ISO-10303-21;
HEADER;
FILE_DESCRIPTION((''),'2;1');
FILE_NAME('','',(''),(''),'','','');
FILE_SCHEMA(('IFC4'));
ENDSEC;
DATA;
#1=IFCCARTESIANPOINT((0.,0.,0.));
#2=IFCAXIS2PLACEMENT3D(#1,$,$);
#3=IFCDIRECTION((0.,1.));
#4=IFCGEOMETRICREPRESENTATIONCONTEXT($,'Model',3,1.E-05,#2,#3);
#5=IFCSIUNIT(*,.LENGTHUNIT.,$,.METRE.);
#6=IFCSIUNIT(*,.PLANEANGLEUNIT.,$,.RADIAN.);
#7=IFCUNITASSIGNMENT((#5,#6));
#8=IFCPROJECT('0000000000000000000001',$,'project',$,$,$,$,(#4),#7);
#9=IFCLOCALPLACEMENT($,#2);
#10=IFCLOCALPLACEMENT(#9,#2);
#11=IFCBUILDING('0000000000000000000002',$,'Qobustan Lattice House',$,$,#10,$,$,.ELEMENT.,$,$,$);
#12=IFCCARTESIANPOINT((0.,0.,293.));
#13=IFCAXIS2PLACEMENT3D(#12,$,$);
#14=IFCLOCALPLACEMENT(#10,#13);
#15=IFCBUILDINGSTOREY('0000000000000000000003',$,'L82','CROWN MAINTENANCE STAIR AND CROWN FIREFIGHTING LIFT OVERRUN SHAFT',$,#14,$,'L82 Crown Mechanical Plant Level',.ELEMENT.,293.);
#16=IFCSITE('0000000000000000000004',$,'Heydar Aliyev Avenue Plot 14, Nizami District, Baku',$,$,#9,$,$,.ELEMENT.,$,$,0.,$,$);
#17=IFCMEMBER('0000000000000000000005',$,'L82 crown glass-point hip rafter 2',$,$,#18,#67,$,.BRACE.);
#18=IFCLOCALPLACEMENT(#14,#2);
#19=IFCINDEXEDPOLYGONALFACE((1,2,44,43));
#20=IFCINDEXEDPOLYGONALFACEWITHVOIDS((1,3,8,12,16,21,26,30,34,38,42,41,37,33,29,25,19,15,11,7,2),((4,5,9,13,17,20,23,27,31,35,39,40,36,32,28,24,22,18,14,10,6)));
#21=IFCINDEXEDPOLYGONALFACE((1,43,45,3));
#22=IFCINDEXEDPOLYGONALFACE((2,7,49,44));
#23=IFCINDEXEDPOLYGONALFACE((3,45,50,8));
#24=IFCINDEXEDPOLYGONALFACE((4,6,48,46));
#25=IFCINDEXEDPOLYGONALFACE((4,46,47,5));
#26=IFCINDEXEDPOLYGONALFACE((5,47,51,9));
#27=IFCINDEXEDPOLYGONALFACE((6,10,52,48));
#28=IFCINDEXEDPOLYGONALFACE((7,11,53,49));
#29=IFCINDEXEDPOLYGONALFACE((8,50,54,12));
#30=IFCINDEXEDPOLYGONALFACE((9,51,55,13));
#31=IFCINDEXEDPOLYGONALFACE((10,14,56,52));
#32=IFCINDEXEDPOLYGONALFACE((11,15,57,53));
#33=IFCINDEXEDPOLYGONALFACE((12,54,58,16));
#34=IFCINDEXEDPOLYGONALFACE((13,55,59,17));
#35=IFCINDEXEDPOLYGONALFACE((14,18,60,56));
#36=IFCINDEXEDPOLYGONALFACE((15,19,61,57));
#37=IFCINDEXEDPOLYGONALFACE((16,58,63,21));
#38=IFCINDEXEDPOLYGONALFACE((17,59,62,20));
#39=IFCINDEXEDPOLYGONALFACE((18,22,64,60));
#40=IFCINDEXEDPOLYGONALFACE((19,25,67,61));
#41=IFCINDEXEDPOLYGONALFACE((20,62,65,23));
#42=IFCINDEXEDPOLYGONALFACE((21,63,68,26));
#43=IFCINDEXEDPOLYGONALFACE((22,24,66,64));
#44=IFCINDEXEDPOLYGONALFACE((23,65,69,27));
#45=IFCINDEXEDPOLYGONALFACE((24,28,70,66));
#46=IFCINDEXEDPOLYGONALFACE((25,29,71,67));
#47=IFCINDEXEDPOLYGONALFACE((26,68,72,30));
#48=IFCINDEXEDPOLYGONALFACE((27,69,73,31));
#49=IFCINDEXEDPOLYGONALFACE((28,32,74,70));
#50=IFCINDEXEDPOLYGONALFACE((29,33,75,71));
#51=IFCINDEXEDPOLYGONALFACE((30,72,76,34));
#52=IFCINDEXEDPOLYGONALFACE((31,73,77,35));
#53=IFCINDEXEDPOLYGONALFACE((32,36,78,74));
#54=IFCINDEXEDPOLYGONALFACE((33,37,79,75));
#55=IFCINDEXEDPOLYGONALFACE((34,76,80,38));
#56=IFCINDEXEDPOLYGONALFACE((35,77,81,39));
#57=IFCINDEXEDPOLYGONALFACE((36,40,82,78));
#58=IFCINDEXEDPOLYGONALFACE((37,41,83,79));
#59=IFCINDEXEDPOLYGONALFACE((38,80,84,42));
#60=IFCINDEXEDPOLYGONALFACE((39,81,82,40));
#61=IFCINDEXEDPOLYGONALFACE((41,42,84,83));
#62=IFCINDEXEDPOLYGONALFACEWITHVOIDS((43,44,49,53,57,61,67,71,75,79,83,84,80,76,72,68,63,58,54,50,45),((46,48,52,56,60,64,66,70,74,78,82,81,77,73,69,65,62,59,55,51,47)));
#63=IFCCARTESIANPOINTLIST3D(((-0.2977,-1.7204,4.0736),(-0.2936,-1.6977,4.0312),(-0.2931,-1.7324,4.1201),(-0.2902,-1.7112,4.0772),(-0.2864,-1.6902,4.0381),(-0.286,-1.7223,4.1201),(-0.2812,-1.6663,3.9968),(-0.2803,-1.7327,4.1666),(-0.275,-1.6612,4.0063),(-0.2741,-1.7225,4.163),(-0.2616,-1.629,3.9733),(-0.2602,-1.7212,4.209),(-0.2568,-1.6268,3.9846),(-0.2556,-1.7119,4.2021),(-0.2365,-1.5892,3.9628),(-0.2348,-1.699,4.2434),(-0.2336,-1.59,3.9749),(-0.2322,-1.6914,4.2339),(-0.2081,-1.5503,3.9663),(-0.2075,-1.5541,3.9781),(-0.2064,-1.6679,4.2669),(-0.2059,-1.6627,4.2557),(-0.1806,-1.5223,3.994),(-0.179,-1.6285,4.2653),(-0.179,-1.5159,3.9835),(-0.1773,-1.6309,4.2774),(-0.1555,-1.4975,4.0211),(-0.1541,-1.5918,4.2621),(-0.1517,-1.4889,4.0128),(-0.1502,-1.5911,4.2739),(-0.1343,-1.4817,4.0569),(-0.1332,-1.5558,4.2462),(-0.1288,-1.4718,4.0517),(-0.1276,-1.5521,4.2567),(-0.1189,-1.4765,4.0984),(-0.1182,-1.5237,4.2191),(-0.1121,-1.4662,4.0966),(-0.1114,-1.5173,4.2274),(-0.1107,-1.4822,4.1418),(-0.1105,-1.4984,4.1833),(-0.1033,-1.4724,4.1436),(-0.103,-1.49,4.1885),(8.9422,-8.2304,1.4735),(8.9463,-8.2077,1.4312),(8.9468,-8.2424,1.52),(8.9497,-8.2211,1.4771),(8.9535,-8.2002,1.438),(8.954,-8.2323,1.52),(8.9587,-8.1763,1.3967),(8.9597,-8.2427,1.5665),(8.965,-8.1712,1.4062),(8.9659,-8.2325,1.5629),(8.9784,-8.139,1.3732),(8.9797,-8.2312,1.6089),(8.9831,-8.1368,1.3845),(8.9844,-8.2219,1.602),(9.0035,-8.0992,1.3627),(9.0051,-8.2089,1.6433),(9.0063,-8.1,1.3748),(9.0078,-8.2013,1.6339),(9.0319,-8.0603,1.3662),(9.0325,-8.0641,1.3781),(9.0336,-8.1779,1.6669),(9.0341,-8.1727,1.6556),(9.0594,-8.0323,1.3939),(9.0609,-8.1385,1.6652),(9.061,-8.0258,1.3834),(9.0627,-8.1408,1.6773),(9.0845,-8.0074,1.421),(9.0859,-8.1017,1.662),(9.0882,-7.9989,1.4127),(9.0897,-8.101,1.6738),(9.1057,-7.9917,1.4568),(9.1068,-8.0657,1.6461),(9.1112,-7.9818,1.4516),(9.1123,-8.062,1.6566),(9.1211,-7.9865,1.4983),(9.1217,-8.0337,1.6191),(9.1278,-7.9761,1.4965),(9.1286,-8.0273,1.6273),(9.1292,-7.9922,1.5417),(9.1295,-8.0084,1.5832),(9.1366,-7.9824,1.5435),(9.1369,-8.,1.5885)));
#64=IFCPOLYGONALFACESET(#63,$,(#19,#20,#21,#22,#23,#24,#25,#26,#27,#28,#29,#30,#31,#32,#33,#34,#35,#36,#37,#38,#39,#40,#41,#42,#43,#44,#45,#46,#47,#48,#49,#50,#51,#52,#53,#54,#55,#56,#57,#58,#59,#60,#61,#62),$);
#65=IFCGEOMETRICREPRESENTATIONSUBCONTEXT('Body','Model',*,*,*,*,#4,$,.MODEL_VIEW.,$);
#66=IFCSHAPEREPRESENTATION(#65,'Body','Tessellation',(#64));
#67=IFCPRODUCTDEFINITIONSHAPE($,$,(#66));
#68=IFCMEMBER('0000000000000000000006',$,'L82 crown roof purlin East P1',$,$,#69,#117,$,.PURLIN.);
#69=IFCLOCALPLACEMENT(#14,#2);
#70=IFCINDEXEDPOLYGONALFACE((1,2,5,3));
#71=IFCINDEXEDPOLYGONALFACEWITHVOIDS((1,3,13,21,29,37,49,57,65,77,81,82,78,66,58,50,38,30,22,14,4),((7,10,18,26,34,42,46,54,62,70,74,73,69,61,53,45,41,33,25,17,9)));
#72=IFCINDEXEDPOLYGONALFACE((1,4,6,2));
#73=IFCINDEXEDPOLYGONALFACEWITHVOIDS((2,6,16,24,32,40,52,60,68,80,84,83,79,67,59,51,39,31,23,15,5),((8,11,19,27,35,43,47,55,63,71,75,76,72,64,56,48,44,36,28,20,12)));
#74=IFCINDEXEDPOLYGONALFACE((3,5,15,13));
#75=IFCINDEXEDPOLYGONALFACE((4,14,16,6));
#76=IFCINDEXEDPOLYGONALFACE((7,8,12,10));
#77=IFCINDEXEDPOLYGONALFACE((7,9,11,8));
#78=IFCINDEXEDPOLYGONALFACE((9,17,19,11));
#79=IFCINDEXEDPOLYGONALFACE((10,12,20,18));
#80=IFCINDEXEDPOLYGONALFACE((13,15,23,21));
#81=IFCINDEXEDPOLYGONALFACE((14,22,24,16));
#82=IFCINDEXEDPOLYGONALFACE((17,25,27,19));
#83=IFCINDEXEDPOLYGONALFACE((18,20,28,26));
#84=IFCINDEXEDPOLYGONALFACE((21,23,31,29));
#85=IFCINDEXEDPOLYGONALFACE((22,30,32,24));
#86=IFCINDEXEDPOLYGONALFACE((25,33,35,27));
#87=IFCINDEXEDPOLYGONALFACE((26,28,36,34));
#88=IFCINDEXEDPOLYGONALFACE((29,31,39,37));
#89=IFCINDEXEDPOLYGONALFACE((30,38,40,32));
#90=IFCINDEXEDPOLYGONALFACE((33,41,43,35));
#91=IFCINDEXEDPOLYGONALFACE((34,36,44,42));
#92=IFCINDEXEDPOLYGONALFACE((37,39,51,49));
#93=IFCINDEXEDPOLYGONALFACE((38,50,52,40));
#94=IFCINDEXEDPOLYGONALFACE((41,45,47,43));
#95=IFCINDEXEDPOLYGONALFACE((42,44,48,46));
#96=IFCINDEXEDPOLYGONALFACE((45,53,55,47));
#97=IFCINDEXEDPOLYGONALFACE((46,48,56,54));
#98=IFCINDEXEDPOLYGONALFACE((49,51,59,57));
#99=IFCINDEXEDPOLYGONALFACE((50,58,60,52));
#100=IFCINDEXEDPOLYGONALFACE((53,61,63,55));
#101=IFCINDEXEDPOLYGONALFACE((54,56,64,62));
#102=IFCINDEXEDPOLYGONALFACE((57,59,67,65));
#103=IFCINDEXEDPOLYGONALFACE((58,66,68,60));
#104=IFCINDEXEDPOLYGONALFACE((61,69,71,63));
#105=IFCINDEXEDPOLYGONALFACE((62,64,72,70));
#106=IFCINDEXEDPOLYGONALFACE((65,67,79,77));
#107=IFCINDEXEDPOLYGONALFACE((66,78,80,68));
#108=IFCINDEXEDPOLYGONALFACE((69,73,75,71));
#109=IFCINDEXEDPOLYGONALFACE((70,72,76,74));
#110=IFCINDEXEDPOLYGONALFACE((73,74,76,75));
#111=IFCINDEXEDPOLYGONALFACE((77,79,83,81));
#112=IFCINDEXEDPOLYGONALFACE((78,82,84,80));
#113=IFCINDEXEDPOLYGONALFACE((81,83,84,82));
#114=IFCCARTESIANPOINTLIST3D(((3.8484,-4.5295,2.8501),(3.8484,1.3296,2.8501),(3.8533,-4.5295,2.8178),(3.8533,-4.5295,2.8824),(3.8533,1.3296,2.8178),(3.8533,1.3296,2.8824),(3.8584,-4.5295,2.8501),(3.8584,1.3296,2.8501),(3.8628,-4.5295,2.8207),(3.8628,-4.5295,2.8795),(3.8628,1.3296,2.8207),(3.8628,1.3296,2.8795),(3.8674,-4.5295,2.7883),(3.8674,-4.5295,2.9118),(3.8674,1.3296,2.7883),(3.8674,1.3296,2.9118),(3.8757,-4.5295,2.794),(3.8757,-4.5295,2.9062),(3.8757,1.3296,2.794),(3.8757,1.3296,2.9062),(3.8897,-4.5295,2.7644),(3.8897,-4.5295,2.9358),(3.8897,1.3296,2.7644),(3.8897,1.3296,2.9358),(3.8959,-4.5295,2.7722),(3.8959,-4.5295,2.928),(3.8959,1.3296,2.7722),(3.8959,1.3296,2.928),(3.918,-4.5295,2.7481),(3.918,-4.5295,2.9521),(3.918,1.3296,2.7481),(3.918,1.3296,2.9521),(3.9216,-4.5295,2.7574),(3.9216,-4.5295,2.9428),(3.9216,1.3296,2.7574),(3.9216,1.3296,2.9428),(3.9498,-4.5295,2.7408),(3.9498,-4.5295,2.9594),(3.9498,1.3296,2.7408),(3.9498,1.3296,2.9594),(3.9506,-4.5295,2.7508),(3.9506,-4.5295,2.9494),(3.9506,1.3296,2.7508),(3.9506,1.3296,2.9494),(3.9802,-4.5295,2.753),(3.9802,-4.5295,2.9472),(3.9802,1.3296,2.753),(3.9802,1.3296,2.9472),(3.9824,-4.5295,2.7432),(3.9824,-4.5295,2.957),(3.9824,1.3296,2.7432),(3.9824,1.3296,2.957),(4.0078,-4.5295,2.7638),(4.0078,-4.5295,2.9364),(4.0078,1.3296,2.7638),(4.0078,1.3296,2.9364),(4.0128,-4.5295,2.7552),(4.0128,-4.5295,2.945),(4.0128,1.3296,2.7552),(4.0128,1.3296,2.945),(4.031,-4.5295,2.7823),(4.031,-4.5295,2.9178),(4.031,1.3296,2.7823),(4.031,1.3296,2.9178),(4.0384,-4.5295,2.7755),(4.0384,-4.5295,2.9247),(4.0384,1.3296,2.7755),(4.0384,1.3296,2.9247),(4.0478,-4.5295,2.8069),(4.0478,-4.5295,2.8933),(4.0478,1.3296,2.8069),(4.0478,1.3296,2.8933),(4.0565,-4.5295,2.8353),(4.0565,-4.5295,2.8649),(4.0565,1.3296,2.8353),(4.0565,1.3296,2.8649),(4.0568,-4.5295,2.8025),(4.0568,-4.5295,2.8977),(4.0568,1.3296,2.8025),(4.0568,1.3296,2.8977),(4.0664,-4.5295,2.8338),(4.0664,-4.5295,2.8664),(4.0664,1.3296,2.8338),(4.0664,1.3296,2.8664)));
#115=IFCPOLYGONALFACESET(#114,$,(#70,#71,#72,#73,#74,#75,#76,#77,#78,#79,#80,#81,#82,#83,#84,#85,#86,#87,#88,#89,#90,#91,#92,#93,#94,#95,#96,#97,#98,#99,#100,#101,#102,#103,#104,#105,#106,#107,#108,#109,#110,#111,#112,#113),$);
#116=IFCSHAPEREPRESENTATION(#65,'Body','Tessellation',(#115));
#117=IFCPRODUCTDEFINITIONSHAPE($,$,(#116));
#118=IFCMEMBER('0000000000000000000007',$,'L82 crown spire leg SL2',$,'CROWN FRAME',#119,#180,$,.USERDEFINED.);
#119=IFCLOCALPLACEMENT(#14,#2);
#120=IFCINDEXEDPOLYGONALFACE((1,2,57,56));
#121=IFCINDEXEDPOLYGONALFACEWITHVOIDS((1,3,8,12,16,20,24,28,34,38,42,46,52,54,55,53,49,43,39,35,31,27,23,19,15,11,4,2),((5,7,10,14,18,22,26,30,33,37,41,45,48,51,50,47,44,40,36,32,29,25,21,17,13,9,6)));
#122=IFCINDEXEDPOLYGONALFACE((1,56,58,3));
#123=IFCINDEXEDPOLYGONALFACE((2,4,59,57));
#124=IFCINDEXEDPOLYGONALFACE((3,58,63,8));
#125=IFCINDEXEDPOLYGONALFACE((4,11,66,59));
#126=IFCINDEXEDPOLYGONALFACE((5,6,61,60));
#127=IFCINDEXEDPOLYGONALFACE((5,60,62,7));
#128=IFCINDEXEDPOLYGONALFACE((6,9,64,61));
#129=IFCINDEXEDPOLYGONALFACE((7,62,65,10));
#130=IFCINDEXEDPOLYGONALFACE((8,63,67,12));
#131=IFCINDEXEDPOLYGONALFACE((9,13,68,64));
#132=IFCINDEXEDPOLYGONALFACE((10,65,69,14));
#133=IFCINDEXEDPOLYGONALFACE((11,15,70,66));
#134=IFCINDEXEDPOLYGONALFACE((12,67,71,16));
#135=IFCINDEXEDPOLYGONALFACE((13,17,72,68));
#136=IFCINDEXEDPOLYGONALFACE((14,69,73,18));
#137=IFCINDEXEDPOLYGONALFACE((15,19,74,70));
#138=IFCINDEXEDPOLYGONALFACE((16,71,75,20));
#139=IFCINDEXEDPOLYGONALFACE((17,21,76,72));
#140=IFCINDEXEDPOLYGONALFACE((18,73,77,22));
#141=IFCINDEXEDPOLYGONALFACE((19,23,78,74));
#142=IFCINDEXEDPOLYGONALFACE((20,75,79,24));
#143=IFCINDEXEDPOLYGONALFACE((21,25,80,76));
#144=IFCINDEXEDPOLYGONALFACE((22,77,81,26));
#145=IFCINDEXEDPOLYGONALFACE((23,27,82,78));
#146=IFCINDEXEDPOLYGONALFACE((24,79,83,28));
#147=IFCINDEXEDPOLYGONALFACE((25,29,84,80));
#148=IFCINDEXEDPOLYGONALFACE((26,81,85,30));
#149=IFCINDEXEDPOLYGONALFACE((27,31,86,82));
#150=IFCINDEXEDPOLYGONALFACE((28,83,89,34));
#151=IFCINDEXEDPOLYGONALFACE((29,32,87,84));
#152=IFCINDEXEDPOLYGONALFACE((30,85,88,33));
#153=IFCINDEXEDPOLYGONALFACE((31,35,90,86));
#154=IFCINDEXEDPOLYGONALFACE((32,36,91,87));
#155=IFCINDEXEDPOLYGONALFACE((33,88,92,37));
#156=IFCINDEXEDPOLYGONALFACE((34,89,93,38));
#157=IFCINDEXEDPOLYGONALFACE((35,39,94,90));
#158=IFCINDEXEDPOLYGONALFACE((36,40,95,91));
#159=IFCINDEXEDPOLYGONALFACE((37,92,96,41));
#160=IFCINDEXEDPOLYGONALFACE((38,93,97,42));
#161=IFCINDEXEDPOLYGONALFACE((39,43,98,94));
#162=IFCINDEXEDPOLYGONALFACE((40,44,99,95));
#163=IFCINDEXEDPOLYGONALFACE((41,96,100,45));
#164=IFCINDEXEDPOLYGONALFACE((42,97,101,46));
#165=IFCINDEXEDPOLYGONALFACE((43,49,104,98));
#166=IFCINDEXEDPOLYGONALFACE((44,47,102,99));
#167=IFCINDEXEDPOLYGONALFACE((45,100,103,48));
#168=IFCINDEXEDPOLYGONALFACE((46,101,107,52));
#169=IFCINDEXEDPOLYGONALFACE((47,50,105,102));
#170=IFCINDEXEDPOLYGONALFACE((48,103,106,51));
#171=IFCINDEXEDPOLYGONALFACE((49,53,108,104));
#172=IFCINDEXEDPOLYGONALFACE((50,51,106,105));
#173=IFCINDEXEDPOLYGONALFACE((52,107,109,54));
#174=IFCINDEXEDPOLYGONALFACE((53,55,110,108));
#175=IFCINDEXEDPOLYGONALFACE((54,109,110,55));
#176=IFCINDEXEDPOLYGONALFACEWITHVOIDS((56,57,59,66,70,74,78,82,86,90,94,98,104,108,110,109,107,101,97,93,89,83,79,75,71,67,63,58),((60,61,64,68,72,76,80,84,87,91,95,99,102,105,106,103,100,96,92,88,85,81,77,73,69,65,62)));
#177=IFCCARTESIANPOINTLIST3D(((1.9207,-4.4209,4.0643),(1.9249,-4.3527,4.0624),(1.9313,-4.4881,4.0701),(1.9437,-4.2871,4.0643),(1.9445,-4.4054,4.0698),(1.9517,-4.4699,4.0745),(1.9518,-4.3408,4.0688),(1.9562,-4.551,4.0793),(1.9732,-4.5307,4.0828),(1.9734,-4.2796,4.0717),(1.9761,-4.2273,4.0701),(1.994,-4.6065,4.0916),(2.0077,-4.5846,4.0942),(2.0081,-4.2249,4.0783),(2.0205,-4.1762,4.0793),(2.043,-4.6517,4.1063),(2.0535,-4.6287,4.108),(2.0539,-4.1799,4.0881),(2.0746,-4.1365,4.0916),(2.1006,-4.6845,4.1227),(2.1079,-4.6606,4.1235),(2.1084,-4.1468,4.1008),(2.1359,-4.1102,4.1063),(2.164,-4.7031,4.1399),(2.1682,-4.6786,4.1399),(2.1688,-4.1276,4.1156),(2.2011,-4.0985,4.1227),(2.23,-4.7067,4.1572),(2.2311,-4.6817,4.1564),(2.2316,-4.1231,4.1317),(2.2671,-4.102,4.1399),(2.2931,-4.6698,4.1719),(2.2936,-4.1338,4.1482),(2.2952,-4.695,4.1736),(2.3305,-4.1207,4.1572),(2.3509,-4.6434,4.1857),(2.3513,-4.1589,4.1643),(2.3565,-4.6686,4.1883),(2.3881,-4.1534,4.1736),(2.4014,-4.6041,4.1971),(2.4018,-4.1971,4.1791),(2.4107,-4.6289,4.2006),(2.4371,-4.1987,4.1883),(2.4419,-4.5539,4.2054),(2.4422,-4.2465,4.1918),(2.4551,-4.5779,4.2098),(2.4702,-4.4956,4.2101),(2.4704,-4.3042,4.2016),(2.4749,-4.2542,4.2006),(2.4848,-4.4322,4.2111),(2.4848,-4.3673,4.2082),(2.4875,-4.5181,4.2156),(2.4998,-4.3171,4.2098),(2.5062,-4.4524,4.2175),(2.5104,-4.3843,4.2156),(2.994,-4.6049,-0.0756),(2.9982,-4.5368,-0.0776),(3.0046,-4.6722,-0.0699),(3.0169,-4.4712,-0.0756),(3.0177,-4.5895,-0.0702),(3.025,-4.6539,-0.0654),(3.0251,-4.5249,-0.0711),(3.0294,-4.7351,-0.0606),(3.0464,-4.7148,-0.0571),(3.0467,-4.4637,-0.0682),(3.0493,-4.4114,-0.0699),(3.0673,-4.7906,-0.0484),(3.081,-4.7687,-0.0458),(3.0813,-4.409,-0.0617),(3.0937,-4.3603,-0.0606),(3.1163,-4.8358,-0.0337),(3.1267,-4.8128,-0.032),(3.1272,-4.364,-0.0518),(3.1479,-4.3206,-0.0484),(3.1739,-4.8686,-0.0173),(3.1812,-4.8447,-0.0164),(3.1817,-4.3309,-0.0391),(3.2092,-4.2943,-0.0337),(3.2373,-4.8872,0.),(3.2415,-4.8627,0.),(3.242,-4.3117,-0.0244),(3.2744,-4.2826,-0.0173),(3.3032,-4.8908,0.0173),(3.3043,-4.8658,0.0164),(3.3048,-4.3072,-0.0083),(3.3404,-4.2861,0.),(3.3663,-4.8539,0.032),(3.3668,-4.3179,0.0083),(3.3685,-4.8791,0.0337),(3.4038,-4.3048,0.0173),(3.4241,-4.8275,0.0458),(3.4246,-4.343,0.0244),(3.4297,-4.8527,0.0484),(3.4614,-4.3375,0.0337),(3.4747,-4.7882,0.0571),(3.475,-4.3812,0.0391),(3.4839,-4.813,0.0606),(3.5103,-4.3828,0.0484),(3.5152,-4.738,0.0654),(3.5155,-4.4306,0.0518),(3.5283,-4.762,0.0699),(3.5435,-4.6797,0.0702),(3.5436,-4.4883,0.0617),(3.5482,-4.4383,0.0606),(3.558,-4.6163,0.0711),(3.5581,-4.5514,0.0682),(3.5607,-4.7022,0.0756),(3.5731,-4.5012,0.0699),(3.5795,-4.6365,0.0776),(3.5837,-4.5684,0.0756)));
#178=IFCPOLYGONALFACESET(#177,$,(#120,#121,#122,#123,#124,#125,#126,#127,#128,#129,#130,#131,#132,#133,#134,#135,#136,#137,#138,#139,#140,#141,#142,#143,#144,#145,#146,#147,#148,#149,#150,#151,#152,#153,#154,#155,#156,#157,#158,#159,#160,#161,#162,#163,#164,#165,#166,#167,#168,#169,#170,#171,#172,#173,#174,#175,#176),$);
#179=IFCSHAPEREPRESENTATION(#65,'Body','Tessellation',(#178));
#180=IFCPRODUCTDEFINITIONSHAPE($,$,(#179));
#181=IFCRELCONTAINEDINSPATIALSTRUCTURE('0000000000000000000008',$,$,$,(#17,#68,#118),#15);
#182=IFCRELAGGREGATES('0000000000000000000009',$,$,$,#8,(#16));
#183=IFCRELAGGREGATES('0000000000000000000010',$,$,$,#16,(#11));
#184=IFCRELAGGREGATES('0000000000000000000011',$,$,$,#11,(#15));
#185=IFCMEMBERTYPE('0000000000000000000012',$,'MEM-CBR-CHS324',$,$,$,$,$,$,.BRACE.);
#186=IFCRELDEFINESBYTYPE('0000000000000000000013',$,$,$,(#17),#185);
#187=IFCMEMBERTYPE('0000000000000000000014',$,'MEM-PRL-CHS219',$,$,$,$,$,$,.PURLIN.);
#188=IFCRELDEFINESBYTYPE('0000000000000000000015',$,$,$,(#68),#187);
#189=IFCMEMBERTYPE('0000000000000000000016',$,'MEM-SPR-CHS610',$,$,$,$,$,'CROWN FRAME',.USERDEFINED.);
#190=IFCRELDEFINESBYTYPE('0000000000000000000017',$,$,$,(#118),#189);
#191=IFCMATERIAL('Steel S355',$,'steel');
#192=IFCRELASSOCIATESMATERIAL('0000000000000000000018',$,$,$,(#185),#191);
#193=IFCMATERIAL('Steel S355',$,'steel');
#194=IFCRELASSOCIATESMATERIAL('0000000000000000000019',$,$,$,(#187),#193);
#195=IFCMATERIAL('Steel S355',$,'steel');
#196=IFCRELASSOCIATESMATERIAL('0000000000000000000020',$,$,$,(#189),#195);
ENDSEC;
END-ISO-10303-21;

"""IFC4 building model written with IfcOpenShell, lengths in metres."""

from ifc_helpers import new_model, si_unit, direction, frame, origin, origin_2d, place, context, subcontext, project, spatial, hollow_circle, extrude, material, material_profile, profile_set, type_object, element, save


model = new_model("IFC4")

# Units and contexts
model_context = context("Model", 3, precision=1e-05, world=origin(), true_north=direction((0.0, 1.0)))
body_context = subcontext(model_context, "Body", "Model", "MODEL_VIEW")
ifc_project = project(units=[si_unit("LENGTHUNIT", "METRE"), si_unit("PLANEANGLEUNIT", "RADIAN")], contexts=[model_context])

# Site, building, storey
site_placement = place(None, origin())
site = spatial("IfcSite", under=ifc_project, at=site_placement, Name="Heydar Aliyev Avenue Plot 14, Nizami District, Baku", CompositionType="ELEMENT", RefElevation=0.0)
building_placement = place(site_placement, origin())
building = spatial("IfcBuilding", under=site, at=building_placement, Name="Qobustan Lattice House", CompositionType="ELEMENT")
storey_placement = place(building_placement, frame((0.0, 0.0, 293.0)))
storey = spatial("IfcBuildingStorey", under=building, at=storey_placement, Name="L82", Description="CROWN MAINTENANCE STAIR AND CROWN FIREFIGHTING LIFT OVERRUN SHAFT", LongName="L82 Crown Mechanical Plant Level", CompositionType="ELEMENT", Elevation=293.0)

# Members
ifc_material_1 = material(Name="Steel S355", Category="steel")
ifc_material_profile_1 = material_profile(ifc_material_1, hollow_circle(Radius=0.1619, WallThickness=0.0125, at=origin_2d()), Name="CHS323.9x12.5")
ifc_profile_set_1 = profile_set([ifc_material_profile_1], Name="Steel S355")
member_type_1 = type_object("IfcMemberType", Name="MEM-CBR-CHS324", PredefinedType="BRACE", material=ifc_profile_set_1)
member_1_placement = place(storey_placement, frame((9.04, -8.1101, 1.52), z_axis=(-0.796675, 0.561295, 0.224181), x_axis=(-0.575955, -0.817482, 0.0)))
element("IfcMember", 1, at=member_1_placement, inside=storey, type_object=member_type_1, Name="L82 crown glass-point hip rafter 2", PredefinedType="BRACE", context=body_context, shape_type="SweptSolid", body=[
    extrude(hollow_circle(Radius=0.1619, WallThickness=0.0125, at=origin_2d()), origin(), (0.0, 0.0, 1.0), 11.5981),
])
ifc_material_2 = material(Name="Steel S355", Category="steel")
ifc_material_profile_2 = material_profile(ifc_material_2, hollow_circle(Radius=0.1096, WallThickness=0.01, at=origin_2d()), Name="CHS219.1x10")
ifc_profile_set_2 = profile_set([ifc_material_profile_2], Name="Steel S355")
member_type_2 = type_object("IfcMemberType", Name="MEM-PRL-CHS219", PredefinedType="PURLIN", material=ifc_profile_set_2)
member_2_placement = place(storey_placement, frame((3.958, -4.5295, 2.8501), z_axis=(0.0, 1.0, 0.0), x_axis=(-1.0, 0.0, 0.0)))
element("IfcMember", 2, at=member_2_placement, inside=storey, type_object=member_type_2, Name="L82 crown roof purlin East P1", PredefinedType="PURLIN", context=body_context, shape_type="SweptSolid", body=[
    extrude(hollow_circle(Radius=0.1096, WallThickness=0.01, at=origin_2d()), origin(), (0.0, 0.0, 1.0), 5.8591),
])
ifc_material_3 = material(Name="Steel S355", Category="steel")
ifc_material_profile_3 = material_profile(ifc_material_3, hollow_circle(Radius=0.3049, WallThickness=0.0249, at=origin_2d()), Name="CHS610x25")
ifc_profile_set_3 = profile_set([ifc_material_profile_3], Name="Steel S355")
member_type_3 = type_object("IfcMemberType", Name="MEM-SPR-CHS610", ElementType="CROWN FRAME", PredefinedType="USERDEFINED", material=ifc_profile_set_3)
member_3_placement = place(storey_placement, frame((3.2888, -4.5867, 0.0), z_axis=(-0.250716, 0.043003, 0.967105), x_axis=(-0.169051, -0.985607, 0.0)))
element("IfcMember", 3, at=member_3_placement, inside=storey, type_object=member_type_3, Name="L82 crown spire leg SL2", ObjectType="CROWN FRAME", PredefinedType="USERDEFINED", context=body_context, shape_type="SweptSolid", body=[
    extrude(hollow_circle(Radius=0.3049, WallThickness=0.0249, at=origin_2d()), origin(), (0.0, 0.0, 1.0), 4.2808),
])

save(model, "model.ifc")
